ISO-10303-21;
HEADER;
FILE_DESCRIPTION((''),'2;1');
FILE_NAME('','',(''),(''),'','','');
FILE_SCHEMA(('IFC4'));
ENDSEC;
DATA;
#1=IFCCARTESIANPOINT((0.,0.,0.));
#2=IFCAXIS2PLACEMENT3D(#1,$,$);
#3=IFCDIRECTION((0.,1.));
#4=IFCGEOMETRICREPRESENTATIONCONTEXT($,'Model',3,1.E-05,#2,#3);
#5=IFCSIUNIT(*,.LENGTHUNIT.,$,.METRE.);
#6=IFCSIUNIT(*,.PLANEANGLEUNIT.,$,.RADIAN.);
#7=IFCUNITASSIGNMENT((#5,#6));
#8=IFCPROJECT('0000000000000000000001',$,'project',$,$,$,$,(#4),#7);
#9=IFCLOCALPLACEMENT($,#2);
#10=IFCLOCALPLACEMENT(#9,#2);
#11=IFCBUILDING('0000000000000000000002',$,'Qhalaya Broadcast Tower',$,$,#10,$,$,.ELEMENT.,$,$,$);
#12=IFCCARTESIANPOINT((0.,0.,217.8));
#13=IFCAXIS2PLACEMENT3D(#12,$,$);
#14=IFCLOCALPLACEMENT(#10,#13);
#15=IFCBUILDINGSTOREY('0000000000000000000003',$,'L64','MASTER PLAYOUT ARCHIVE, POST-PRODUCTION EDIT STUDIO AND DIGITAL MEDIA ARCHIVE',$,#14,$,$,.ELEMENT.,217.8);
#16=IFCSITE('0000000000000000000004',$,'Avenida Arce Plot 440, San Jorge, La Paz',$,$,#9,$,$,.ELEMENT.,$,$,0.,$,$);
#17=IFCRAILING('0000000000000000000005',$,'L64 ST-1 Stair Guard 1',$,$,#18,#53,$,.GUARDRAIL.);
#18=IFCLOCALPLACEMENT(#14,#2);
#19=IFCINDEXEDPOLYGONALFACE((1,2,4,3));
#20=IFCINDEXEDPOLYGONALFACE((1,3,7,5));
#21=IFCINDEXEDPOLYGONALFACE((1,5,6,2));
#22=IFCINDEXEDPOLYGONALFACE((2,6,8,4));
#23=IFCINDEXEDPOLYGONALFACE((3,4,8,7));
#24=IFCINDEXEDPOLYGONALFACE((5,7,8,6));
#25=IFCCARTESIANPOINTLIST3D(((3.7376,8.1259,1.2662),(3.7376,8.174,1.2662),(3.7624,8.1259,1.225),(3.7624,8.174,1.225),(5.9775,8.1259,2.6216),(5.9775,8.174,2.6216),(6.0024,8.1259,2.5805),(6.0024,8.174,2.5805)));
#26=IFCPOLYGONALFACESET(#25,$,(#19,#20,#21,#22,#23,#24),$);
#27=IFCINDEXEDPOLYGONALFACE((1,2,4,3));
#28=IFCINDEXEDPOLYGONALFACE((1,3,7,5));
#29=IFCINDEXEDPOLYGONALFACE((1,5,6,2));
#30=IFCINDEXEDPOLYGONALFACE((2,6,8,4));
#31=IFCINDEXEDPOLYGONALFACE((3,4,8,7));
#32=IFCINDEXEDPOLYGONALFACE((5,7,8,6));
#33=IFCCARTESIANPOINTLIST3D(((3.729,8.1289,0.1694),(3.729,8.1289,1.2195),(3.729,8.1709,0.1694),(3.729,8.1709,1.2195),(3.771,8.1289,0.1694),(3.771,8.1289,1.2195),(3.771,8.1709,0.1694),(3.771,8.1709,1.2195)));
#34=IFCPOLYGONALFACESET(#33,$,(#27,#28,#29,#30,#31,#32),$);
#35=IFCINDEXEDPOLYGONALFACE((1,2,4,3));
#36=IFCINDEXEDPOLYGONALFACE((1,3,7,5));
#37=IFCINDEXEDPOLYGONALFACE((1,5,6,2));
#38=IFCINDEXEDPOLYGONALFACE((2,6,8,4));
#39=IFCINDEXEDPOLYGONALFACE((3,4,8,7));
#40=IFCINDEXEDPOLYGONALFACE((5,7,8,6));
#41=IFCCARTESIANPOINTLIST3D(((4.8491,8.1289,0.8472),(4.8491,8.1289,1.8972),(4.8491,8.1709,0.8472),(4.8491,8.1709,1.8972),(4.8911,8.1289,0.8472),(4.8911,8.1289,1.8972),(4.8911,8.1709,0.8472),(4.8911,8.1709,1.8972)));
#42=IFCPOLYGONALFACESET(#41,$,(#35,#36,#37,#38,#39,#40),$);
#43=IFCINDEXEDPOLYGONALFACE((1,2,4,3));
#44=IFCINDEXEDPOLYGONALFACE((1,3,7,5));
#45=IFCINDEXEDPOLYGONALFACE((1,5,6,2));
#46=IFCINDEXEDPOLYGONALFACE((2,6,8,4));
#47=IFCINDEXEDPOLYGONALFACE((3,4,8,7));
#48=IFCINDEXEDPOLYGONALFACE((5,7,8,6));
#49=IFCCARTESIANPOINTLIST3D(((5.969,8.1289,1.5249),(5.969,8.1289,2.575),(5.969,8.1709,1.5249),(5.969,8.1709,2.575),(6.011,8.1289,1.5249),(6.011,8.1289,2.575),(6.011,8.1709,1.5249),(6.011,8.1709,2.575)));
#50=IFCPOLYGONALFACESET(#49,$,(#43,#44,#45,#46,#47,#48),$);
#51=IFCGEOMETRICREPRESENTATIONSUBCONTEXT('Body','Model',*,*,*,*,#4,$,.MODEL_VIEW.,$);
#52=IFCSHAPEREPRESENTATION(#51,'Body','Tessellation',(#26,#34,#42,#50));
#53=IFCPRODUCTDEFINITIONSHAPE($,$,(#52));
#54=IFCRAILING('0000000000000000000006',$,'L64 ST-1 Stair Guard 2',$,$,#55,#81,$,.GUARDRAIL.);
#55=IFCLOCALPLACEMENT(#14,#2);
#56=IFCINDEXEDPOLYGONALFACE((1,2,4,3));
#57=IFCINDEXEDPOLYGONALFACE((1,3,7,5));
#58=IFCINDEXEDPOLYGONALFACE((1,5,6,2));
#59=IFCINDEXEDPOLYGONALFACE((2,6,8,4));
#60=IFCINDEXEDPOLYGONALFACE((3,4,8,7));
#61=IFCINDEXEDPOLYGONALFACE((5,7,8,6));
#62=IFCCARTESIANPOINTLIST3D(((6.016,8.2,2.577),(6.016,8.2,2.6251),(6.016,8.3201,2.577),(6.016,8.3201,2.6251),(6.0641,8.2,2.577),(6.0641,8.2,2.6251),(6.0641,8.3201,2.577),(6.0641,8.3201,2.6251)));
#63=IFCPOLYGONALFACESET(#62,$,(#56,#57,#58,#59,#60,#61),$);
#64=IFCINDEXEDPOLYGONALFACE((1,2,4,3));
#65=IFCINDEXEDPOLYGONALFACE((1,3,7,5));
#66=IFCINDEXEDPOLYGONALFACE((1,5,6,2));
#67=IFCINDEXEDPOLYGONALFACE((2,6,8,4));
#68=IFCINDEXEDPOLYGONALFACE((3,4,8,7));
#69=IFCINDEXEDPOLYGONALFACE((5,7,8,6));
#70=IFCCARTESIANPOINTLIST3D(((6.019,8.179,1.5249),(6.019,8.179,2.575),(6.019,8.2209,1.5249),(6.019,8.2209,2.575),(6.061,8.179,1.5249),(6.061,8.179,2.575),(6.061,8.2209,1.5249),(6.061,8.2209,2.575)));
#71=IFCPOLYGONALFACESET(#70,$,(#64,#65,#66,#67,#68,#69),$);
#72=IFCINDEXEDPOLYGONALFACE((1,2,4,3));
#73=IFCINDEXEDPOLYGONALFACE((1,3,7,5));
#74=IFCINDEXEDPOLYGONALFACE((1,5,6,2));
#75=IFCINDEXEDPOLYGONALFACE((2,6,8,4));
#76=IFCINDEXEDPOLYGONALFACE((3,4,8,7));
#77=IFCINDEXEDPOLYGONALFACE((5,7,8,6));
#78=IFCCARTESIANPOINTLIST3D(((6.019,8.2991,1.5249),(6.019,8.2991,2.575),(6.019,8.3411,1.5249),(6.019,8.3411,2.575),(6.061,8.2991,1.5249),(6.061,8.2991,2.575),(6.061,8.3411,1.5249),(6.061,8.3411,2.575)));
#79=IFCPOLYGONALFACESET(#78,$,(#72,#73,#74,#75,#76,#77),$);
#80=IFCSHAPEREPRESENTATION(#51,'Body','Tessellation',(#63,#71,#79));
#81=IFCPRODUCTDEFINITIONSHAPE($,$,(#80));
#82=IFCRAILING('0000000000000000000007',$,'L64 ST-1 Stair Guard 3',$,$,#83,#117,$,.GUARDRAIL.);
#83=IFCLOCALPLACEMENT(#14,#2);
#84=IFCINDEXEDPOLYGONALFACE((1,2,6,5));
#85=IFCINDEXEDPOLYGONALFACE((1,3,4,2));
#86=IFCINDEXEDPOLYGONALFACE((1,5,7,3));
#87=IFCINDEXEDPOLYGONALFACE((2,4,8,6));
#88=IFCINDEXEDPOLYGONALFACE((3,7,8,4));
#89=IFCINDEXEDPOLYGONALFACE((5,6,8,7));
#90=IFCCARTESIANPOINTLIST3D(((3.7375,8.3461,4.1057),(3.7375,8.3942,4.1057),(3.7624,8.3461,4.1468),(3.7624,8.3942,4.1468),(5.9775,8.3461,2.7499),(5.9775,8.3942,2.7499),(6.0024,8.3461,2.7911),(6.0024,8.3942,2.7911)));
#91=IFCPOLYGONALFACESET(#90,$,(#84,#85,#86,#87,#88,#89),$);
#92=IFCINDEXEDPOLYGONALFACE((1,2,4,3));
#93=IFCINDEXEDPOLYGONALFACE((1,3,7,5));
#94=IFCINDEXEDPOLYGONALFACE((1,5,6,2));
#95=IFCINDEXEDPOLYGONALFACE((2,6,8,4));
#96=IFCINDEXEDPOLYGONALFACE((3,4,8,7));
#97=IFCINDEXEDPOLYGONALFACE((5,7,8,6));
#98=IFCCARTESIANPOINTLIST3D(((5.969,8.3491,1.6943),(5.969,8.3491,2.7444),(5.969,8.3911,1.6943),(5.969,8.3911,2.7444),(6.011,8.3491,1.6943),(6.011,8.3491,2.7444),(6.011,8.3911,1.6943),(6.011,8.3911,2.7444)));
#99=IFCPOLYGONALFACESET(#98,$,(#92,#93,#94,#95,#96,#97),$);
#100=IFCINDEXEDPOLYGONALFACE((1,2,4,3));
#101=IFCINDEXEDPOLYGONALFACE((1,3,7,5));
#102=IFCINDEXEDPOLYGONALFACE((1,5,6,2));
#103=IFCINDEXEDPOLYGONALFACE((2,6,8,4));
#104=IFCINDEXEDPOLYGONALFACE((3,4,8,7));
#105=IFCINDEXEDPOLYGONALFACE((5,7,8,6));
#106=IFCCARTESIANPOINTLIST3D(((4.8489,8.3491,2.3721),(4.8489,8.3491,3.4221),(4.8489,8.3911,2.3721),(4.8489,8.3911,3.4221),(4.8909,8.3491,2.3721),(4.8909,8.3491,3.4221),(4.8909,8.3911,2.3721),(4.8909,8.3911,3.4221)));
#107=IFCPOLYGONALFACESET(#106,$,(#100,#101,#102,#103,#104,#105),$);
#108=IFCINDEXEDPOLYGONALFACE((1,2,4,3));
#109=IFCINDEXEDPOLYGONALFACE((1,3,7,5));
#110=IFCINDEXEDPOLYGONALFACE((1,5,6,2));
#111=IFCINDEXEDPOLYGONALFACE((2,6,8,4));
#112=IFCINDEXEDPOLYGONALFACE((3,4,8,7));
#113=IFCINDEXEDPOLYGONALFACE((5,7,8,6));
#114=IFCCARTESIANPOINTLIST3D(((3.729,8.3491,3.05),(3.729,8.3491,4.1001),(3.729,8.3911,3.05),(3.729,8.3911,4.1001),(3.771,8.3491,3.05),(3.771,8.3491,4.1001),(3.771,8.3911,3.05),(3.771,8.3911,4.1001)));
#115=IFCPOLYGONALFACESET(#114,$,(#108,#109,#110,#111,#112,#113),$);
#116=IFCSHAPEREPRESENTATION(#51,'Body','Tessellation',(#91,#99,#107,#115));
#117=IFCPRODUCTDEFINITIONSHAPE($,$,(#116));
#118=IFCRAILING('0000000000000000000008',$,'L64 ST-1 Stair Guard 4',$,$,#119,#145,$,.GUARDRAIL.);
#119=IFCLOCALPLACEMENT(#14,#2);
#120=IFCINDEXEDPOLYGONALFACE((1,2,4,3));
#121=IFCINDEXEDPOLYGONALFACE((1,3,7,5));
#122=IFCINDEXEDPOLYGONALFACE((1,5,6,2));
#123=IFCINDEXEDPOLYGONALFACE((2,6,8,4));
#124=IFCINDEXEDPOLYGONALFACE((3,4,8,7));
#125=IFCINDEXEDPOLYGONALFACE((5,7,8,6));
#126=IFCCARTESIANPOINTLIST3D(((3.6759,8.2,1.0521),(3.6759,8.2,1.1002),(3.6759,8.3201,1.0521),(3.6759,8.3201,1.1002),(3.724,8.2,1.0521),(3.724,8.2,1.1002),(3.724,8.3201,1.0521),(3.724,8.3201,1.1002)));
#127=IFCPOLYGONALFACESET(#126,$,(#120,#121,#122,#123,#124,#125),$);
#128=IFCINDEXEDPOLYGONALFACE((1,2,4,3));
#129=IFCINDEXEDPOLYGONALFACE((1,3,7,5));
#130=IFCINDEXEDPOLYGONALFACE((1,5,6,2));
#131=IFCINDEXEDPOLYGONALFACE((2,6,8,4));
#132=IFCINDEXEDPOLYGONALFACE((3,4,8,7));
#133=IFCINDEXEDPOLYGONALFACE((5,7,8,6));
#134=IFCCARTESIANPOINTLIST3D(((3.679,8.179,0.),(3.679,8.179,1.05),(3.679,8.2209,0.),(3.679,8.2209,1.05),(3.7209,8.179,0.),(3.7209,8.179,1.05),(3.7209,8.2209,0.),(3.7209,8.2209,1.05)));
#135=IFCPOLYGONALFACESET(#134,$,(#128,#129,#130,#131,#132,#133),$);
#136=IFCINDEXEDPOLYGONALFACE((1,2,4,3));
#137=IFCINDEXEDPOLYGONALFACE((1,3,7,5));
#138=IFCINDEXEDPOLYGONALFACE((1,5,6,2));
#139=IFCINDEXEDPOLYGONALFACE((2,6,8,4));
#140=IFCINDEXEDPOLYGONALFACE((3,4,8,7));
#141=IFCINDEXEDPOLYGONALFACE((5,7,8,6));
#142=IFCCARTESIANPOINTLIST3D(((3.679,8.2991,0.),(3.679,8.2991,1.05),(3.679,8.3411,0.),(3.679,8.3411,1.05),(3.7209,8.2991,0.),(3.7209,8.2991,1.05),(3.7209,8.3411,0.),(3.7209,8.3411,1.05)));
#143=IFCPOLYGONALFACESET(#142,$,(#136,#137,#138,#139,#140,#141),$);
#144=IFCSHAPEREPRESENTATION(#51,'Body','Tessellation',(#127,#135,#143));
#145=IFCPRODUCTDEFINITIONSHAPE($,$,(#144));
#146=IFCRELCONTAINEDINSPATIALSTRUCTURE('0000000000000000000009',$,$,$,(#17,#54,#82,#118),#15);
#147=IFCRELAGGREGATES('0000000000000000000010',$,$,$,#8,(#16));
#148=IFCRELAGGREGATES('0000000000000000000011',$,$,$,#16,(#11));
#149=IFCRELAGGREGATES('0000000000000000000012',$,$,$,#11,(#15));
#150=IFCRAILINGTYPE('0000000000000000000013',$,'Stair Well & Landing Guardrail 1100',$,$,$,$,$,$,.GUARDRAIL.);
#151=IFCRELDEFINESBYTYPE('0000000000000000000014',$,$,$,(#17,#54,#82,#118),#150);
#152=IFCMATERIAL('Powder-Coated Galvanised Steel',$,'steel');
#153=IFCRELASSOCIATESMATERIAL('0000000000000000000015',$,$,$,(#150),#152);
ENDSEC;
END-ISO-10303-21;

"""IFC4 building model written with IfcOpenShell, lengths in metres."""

from ifc_helpers import new_model, si_unit, direction, frame, origin, origin_2d, place, context, subcontext, project, spatial, rectangle, extrude, material, type_object, element, save


model = new_model("IFC4")

# Units and contexts
model_context = context("Model", 3, precision=1e-05, world=origin(), true_north=direction((0.0, 1.0)))
body_context = subcontext(model_context, "Body", "Model", "MODEL_VIEW")
ifc_project = project(units=[si_unit("LENGTHUNIT", "METRE"), si_unit("PLANEANGLEUNIT", "RADIAN")], contexts=[model_context])

# Site, building, storey
site_placement = place(None, origin())
site = spatial("IfcSite", under=ifc_project, at=site_placement, Name="Avenida Arce Plot 440, San Jorge, La Paz", CompositionType="ELEMENT", RefElevation=0.0)
building_placement = place(site_placement, origin())
building = spatial("IfcBuilding", under=site, at=building_placement, Name="Qhalaya Broadcast Tower", CompositionType="ELEMENT")
storey_placement = place(building_placement, frame((0.0, 0.0, 217.8)))
storey = spatial("IfcBuildingStorey", under=building, at=storey_placement, Name="L64", Description="MASTER PLAYOUT ARCHIVE, POST-PRODUCTION EDIT STUDIO AND DIGITAL MEDIA ARCHIVE", CompositionType="ELEMENT", Elevation=217.8)

# Railings
ifc_material_1 = material(Name="Powder-Coated Galvanised Steel", Category="steel")
railing_type_1 = type_object("IfcRailingType", Name="Stair Well & Landing Guardrail 1100", PredefinedType="GUARDRAIL", material=ifc_material_1)
railing_1_placement = place(storey_placement, frame((3.75, 8.1499, 0.1694)))
element("IfcRailing", 1, at=railing_1_placement, inside=storey, type_object=railing_type_1, Name="L64 ST-1 Stair Guard 1", PredefinedType="GUARDRAIL", context=body_context, shape_type="SweptSolid", body=[
    extrude(rectangle(XDim=0.0481, YDim=0.0481, at=origin_2d()), frame((0.0, 0.0, 1.0762), z_axis=(0.855553, 0.0, 0.517715), x_axis=(0.0, 1.0, 0.0)), (0.0, 0.0, 1.0), 2.6182),
    extrude(rectangle(XDim=0.042, YDim=0.042, at=origin_2d()), origin(), (0.0, 0.0, 1.0), 1.05),
    extrude(rectangle(XDim=0.042, YDim=0.042, at=origin_2d()), frame((1.1201, 0.0, 0.6777)), (0.0, 0.0, 1.0), 1.05),
    extrude(rectangle(XDim=0.042, YDim=0.042, at=origin_2d()), frame((2.24, 0.0, 1.3555)), (0.0, 0.0, 1.0), 1.05),
])
railing_2_placement = place(storey_placement, frame((6.04, 8.2, 1.5249)))
element("IfcRailing", 2, at=railing_2_placement, inside=storey, type_object=railing_type_1, Name="L64 ST-1 Stair Guard 2", PredefinedType="GUARDRAIL", context=body_context, shape_type="SweptSolid", body=[
    extrude(rectangle(XDim=0.0481, YDim=0.0481, at=origin_2d()), frame((0.0, 0.0, 1.0762), z_axis=(0.0, 1.0, 0.0), x_axis=(-1.0, 0.0, 0.0)), (0.0, 0.0, 1.0), 0.1201),
    extrude(rectangle(XDim=0.042, YDim=0.042, at=origin_2d()), origin(), (0.0, 0.0, 1.0), 1.05),
    extrude(rectangle(XDim=0.042, YDim=0.042, at=origin_2d()), frame((0.0, 0.1201, 0.0)), (0.0, 0.0, 1.0), 1.05),
])
railing_3_placement = place(storey_placement, frame((5.99, 8.3701, 1.6943)))
element("IfcRailing", 3, at=railing_3_placement, inside=storey, type_object=railing_type_1, Name="L64 ST-1 Stair Guard 3", PredefinedType="GUARDRAIL", context=body_context, shape_type="SweptSolid", body=[
    extrude(rectangle(XDim=0.0481, YDim=0.0481, at=origin_2d()), frame((0.0, 0.0, 1.0762), z_axis=(-0.855512, 0.0, 0.517783), x_axis=(0.0, -1.0, 0.0)), (0.0, 0.0, 1.0), 2.6184),
    extrude(rectangle(XDim=0.042, YDim=0.042, at=origin_2d()), origin(), (0.0, 0.0, 1.0), 1.05),
    extrude(rectangle(XDim=0.042, YDim=0.042, at=origin_2d()), frame((-1.1201, 0.0, 0.6777)), (0.0, 0.0, 1.0), 1.05),
    extrude(rectangle(XDim=0.042, YDim=0.042, at=origin_2d()), frame((-2.24, 0.0, 1.3557)), (0.0, 0.0, 1.0), 1.05),
])
railing_4_placement = place(storey_placement, frame((3.7, 8.2, 0.0)))
element("IfcRailing", 4, at=railing_4_placement, inside=storey, type_object=railing_type_1, Name="L64 ST-1 Stair Guard 4", PredefinedType="GUARDRAIL", context=body_context, shape_type="SweptSolid", body=[
    extrude(rectangle(XDim=0.0481, YDim=0.0481, at=origin_2d()), frame((0.0, 0.0, 1.0762), z_axis=(0.0, 1.0, 0.0), x_axis=(-1.0, 0.0, 0.0)), (0.0, 0.0, 1.0), 0.1201),
    extrude(rectangle(XDim=0.042, YDim=0.042, at=origin_2d()), origin(), (0.0, 0.0, 1.0), 1.05),
    extrude(rectangle(XDim=0.042, YDim=0.042, at=origin_2d()), frame((0.0, 0.1201, 0.0)), (0.0, 0.0, 1.0), 1.05),
])

save(model, "model.ifc")
